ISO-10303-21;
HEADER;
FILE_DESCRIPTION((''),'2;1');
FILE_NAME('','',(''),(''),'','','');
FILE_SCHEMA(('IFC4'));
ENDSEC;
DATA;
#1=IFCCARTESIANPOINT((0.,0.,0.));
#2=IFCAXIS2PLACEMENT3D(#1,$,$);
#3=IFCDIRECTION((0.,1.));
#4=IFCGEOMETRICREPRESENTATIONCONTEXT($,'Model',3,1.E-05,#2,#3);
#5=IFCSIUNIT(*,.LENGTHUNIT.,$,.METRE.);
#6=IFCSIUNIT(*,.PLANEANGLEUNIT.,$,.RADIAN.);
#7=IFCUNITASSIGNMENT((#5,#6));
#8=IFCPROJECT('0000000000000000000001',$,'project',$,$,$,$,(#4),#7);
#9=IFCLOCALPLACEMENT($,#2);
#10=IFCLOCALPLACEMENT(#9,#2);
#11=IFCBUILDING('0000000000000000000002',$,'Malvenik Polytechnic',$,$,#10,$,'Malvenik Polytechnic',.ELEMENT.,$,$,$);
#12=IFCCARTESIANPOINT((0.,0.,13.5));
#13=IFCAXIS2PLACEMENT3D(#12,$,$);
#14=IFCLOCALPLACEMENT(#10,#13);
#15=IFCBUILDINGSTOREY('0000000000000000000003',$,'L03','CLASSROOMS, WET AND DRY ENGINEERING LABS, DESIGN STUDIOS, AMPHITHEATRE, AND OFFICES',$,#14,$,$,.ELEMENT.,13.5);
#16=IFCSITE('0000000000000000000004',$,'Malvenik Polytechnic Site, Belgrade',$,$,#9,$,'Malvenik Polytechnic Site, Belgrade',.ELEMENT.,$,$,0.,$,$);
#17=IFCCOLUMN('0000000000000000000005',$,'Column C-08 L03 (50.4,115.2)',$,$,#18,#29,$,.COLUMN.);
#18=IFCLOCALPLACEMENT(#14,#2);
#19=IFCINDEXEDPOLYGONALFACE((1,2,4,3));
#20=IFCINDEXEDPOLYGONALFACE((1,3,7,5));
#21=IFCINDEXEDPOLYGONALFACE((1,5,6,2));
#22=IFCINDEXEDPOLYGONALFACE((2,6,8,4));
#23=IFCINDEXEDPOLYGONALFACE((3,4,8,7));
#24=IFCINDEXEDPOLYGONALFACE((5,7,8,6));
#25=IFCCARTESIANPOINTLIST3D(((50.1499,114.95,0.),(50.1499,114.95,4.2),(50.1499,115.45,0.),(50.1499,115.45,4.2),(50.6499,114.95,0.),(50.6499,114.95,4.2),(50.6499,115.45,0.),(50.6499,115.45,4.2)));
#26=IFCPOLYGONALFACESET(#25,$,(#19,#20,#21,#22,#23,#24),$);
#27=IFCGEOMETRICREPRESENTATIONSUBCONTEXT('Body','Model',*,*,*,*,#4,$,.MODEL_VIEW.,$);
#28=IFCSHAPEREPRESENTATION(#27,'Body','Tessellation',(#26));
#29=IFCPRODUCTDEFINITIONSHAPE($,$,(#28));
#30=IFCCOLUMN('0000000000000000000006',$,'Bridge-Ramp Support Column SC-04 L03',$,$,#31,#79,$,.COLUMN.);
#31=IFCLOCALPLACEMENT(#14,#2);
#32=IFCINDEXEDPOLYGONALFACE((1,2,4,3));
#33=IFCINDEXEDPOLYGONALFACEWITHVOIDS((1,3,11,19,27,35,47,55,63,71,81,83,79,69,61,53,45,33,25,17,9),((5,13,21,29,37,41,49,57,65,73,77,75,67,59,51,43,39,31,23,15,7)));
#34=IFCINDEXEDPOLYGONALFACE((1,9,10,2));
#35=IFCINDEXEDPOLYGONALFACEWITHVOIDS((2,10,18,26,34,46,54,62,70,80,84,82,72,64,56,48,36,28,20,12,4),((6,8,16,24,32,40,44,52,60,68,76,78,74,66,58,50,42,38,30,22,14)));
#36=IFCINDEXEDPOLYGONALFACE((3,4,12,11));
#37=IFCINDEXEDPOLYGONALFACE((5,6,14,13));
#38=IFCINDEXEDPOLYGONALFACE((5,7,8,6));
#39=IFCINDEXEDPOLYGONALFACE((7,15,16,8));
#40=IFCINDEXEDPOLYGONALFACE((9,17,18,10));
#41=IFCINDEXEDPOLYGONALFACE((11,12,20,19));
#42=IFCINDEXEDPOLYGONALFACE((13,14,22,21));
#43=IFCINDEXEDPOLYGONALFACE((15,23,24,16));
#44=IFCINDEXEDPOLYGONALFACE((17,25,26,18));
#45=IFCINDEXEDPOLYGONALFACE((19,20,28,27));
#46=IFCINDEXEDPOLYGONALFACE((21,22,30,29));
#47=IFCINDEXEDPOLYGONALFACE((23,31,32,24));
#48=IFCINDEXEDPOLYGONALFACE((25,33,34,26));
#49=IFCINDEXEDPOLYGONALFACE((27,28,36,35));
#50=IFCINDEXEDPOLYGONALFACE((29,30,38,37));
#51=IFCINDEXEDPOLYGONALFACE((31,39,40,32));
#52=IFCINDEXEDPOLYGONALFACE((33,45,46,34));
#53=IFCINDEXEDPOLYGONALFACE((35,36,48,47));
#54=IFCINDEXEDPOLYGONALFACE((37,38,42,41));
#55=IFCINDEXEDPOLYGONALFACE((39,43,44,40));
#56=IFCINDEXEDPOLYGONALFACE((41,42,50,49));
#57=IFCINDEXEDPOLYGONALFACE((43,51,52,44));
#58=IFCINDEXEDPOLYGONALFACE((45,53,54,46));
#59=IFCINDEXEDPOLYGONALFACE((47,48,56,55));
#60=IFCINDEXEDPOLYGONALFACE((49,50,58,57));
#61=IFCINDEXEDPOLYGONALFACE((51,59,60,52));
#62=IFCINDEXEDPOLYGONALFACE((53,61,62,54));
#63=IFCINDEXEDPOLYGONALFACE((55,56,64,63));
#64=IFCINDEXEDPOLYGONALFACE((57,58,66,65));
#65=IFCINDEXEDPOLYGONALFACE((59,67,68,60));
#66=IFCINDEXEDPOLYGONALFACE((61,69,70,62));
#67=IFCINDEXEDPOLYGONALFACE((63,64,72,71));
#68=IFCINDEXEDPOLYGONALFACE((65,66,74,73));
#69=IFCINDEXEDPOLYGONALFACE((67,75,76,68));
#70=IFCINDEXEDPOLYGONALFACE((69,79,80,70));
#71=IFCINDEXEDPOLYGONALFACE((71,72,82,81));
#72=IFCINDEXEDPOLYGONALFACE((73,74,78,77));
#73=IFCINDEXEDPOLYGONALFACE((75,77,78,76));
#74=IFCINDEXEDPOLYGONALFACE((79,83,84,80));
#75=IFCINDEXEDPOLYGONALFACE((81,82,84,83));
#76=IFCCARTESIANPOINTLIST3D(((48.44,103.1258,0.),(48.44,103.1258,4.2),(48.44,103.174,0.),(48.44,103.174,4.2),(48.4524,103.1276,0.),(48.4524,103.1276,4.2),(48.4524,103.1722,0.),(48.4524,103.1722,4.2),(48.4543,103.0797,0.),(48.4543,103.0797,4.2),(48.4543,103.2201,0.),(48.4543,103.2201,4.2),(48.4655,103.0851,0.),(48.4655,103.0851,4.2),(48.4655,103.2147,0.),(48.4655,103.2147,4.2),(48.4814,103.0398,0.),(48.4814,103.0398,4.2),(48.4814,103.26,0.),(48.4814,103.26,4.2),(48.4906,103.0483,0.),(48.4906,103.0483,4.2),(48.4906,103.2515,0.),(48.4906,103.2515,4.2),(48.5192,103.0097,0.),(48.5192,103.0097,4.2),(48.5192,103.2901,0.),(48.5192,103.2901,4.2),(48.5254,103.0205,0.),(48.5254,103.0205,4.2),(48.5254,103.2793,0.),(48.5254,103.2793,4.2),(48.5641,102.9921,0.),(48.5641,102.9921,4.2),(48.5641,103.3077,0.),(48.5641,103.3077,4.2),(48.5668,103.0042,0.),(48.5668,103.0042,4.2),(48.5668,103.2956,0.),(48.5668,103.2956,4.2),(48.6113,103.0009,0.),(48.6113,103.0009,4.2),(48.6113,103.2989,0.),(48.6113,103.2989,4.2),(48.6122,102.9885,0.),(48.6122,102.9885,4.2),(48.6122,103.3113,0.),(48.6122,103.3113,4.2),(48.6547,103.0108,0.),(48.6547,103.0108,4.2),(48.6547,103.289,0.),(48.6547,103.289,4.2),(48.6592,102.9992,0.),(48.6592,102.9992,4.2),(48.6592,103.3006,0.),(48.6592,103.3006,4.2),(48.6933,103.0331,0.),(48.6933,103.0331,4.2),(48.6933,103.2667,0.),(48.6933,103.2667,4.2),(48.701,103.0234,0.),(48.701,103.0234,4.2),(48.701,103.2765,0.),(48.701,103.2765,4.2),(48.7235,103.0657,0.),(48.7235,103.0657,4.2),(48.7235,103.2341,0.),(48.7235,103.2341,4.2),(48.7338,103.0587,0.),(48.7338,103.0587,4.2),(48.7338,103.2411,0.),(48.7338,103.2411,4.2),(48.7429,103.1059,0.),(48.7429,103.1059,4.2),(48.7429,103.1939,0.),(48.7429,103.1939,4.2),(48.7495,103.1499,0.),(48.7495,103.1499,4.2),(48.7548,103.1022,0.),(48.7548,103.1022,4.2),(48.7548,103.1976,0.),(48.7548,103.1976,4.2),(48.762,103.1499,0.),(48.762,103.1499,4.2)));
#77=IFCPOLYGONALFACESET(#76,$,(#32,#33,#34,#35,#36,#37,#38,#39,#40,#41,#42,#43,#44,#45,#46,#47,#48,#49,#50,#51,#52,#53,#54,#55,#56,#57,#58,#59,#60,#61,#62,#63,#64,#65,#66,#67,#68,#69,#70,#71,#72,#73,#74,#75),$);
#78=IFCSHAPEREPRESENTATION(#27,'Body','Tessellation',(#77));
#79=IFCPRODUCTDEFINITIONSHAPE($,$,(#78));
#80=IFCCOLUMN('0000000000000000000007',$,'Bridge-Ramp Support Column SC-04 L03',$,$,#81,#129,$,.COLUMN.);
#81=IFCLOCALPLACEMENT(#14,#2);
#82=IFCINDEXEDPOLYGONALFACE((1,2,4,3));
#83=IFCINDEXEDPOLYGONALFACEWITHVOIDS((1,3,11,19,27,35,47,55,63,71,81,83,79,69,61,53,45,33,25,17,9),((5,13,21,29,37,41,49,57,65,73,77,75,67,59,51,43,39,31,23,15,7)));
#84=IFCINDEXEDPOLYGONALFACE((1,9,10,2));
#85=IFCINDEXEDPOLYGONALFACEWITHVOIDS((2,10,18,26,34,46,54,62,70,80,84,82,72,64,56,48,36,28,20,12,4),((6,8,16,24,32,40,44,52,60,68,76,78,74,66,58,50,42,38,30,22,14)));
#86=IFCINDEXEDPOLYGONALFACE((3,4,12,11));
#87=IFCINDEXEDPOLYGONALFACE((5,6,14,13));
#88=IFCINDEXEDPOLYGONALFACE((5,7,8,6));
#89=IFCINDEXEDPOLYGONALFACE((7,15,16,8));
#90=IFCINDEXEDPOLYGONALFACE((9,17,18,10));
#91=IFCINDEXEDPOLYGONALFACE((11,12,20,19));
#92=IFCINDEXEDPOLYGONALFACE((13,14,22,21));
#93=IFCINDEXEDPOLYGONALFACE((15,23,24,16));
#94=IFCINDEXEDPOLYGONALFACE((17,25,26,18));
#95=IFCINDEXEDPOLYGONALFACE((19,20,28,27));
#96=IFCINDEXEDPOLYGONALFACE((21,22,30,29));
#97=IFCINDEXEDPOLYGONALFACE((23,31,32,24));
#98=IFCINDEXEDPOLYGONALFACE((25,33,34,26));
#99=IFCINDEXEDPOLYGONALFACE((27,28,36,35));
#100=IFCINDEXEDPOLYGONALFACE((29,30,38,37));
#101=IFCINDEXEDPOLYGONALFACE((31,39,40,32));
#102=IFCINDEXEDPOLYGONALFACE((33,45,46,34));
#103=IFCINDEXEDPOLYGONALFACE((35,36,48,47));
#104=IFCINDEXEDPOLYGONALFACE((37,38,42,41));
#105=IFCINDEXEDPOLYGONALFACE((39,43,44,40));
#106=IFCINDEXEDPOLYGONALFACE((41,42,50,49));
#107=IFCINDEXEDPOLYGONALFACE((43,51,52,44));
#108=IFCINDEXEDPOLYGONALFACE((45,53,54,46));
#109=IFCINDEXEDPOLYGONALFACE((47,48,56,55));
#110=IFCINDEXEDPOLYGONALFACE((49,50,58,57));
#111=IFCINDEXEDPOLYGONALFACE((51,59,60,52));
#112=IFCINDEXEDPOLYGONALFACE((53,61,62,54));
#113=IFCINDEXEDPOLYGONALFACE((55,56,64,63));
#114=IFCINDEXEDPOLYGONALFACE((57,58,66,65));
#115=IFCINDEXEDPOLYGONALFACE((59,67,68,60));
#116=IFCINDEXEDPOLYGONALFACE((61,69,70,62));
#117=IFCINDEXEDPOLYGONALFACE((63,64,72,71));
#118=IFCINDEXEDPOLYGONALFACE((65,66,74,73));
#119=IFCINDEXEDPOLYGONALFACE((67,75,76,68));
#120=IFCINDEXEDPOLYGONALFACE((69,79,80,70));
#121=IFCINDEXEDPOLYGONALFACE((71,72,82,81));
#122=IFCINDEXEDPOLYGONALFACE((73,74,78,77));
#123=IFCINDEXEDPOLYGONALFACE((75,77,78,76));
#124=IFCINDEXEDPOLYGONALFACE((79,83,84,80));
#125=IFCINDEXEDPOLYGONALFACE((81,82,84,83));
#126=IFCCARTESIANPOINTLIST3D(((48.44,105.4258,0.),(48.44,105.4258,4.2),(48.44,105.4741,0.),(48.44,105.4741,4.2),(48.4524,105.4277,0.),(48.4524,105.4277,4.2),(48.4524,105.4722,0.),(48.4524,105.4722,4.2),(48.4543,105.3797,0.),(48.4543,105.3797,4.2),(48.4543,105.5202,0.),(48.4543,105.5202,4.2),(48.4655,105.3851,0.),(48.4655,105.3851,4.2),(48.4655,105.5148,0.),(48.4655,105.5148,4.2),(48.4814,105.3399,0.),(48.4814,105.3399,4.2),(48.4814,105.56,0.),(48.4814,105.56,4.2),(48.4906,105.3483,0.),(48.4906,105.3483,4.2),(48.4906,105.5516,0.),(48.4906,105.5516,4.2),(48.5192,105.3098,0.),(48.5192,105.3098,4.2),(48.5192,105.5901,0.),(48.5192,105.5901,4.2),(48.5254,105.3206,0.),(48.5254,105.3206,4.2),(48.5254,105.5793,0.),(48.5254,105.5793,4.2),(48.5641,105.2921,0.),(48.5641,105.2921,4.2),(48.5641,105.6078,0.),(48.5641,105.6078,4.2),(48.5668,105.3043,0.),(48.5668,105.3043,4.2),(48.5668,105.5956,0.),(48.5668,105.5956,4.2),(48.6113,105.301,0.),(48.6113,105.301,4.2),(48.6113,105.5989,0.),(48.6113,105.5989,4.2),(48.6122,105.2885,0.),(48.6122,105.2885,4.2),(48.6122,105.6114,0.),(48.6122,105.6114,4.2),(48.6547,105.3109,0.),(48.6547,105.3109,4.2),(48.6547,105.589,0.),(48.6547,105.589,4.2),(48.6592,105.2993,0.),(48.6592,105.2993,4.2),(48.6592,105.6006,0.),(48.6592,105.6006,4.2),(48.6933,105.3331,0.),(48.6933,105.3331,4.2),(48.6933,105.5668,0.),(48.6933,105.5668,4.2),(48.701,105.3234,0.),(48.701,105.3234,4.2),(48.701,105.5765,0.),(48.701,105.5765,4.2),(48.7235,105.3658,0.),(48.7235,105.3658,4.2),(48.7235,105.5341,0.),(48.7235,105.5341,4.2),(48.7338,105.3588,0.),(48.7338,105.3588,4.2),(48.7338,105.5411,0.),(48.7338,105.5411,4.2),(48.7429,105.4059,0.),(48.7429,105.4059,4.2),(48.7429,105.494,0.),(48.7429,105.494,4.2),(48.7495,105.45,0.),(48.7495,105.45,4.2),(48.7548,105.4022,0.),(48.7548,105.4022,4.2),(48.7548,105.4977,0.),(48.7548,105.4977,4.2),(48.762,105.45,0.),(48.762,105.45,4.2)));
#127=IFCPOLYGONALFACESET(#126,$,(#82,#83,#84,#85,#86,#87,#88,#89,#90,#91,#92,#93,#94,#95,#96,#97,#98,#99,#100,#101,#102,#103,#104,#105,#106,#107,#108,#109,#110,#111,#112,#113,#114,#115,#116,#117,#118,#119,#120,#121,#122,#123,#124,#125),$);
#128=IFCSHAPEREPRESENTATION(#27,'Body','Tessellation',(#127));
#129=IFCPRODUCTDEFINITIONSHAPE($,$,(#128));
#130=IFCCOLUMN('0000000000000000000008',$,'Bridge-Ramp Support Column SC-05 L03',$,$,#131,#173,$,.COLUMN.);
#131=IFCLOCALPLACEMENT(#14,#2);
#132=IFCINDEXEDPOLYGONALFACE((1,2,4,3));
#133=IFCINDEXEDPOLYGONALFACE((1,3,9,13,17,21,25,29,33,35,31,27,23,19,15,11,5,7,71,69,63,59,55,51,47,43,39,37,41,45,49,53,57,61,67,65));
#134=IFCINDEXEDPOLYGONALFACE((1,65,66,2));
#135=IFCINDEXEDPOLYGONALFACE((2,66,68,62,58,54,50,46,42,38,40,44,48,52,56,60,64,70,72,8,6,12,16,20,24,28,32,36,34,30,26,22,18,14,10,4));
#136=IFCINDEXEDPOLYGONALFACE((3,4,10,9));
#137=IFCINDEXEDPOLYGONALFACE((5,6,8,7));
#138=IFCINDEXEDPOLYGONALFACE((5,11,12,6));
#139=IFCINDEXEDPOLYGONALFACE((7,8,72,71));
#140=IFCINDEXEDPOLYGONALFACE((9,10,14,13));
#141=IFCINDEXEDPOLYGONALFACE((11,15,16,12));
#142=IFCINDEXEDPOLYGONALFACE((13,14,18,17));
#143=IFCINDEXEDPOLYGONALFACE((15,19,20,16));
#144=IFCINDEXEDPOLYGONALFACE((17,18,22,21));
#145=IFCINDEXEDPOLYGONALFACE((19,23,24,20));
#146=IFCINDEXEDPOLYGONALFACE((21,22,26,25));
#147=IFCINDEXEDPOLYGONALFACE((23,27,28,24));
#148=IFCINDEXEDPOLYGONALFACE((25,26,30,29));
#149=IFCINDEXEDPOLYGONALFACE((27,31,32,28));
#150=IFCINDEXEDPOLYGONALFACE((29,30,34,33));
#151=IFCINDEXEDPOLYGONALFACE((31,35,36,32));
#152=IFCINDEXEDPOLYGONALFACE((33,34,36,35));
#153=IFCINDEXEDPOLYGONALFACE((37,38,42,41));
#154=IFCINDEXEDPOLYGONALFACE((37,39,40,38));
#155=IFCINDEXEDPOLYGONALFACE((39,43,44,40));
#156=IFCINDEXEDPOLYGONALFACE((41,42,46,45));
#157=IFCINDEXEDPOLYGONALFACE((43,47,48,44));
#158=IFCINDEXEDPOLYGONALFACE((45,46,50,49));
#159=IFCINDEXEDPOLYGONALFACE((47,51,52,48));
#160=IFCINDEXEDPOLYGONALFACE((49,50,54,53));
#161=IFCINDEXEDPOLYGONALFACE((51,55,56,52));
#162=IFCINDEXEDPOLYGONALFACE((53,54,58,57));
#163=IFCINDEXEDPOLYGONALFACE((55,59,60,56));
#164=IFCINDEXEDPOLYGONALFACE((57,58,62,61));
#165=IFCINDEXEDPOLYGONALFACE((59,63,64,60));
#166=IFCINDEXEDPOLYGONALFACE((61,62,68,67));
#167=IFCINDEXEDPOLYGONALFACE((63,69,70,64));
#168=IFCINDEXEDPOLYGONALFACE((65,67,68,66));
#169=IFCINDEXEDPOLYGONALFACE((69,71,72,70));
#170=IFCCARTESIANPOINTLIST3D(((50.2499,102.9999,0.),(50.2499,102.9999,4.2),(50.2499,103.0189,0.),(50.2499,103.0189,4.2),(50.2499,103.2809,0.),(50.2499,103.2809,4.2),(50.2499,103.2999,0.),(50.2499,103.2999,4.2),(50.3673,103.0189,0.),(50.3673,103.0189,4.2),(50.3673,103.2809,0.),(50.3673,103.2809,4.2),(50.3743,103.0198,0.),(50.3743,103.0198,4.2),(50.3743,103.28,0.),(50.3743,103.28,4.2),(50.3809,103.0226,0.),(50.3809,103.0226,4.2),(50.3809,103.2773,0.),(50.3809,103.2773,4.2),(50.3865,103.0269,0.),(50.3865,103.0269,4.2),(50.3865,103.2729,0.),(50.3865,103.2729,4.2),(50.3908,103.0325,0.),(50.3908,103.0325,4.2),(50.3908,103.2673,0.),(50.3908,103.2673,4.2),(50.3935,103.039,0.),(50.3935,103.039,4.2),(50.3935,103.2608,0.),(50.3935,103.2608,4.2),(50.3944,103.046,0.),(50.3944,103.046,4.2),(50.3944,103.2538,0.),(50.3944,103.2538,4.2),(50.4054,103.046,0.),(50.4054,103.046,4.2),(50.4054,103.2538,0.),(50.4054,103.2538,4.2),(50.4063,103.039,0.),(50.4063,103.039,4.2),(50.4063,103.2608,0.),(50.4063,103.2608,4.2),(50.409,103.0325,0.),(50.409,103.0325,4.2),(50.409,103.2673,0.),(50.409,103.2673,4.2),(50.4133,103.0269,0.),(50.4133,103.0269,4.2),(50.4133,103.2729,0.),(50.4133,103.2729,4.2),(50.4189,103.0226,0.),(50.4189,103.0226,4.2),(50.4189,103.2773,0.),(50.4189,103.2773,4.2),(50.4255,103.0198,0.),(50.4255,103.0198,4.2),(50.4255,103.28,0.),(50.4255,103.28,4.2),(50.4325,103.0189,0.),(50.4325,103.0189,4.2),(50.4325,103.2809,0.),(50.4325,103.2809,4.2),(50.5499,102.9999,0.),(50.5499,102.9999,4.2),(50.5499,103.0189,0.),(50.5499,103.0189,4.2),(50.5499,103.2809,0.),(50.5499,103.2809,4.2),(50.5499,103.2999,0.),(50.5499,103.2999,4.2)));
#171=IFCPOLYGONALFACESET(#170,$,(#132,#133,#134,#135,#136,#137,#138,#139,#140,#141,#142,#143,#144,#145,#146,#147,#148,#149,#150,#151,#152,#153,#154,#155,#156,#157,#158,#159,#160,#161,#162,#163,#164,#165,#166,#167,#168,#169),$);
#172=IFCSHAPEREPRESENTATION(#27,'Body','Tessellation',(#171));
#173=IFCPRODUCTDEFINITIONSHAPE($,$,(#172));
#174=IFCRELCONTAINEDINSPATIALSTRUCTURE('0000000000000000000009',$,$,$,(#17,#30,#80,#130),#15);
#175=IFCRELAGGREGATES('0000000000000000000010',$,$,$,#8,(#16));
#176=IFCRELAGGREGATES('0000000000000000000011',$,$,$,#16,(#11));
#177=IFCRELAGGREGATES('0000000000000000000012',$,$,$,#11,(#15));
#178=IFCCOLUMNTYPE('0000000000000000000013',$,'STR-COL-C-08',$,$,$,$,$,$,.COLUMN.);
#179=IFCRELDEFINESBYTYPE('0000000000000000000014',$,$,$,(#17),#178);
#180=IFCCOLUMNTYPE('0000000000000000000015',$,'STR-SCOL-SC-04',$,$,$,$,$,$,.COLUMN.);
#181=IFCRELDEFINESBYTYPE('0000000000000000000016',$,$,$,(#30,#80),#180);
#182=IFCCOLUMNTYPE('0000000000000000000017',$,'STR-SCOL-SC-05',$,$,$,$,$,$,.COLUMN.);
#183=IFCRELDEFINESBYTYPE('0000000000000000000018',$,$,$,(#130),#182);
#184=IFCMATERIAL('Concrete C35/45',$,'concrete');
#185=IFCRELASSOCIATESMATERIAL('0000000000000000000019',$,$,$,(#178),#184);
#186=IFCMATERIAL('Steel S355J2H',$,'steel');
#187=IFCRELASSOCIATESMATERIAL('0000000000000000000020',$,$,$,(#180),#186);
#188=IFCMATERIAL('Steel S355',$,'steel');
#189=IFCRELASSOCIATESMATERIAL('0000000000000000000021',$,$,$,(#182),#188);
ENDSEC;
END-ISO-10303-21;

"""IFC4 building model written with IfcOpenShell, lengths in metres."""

from ifc_helpers import new_model, si_unit, direction, frame, origin, origin_2d, place, context, subcontext, project, spatial, rectangle, hollow_circle, i_section, extrude, material, material_profile, profile_set, type_object, element, save


model = new_model("IFC4")

# Units and contexts
model_context = context("Model", 3, precision=1e-05, world=origin(), true_north=direction((0.0, 1.0)))
body_context = subcontext(model_context, "Body", "Model", "MODEL_VIEW")
ifc_project = project(units=[si_unit("LENGTHUNIT", "METRE"), si_unit("PLANEANGLEUNIT", "RADIAN")], contexts=[model_context])

# Site, building, storey
site_placement = place(None, origin())
site = spatial("IfcSite", under=ifc_project, at=site_placement, Name="Malvenik Polytechnic Site, Belgrade", LongName="Malvenik Polytechnic Site, Belgrade", CompositionType="ELEMENT", RefElevation=0.0)
building_placement = place(site_placement, origin())
building = spatial("IfcBuilding", under=site, at=building_placement, Name="Malvenik Polytechnic", LongName="Malvenik Polytechnic", CompositionType="ELEMENT")
storey_placement = place(building_placement, frame((0.0, 0.0, 13.5)))
storey = spatial("IfcBuildingStorey", under=building, at=storey_placement, Name="L03", Description="CLASSROOMS, WET AND DRY ENGINEERING LABS, DESIGN STUDIOS, AMPHITHEATRE, AND OFFICES", CompositionType="ELEMENT", Elevation=13.5)

# Columns
ifc_material_1 = material(Name="Concrete C35/45", Category="concrete")
ifc_material_profile_1 = material_profile(ifc_material_1, rectangle(XDim=0.5, YDim=0.5, at=origin_2d()), Name="RC COL 500x500")
ifc_profile_set_1 = profile_set([ifc_material_profile_1], Name="Concrete C35/45")
column_type_1 = type_object("IfcColumnType", Name="STR-COL-C-08", PredefinedType="COLUMN", material=ifc_profile_set_1)
column_placement = place(storey_placement, frame((50.3999, 115.2, 0.0), z_axis=(0.0, 0.0, 1.0), x_axis=(1.0, 0.0, 0.0)))
element("IfcColumn", 1, at=column_placement, inside=storey, type_object=column_type_1, Name="Column C-08 L03 (50.4,115.2)", PredefinedType="COLUMN", context=body_context, shape_type="SweptSolid", body=[
    extrude(rectangle(XDim=0.5, YDim=0.5, at=origin_2d()), origin(), (0.0, 0.0, 1.0), 4.2),
])
ifc_material_2 = material(Name="Steel S355J2H", Category="steel")
ifc_material_profile_2 = material_profile(ifc_material_2, hollow_circle(Radius=0.1619, WallThickness=0.0125, at=origin_2d()), Name="CHS 323.9x12.5")
ifc_profile_set_2 = profile_set([ifc_material_profile_2], Name="Steel S355J2H")
column_type_2 = type_object("IfcColumnType", Name="STR-SCOL-SC-04", PredefinedType="COLUMN", material=ifc_profile_set_2)
for number, where, z_axis, x_axis, name in (
    (2, (48.6001, 103.1499, 0.0), (0.0, 0.0, 1.0), (1.0, 0.0, 0.0), "Bridge-Ramp Support Column SC-04 L03"),
    (3, (48.6001, 105.45, 0.0), (0.0, 0.0, 1.0), (1.0, 0.0, 0.0), "Bridge-Ramp Support Column SC-04 L03"),
):
    element("IfcColumn", number, at=place(storey_placement, frame(where, z_axis=z_axis, x_axis=x_axis)), inside=storey, type_object=column_type_2, Name=name, PredefinedType="COLUMN", context=body_context, shape_type="SweptSolid", body=[
        extrude(hollow_circle(Radius=0.1619, WallThickness=0.0125, at=origin_2d()), origin(), (0.0, 0.0, 1.0), 4.2),
    ])
ifc_material_3 = material(Name="Steel S355", Category="steel")
ifc_material_profile_3 = material_profile(ifc_material_3, i_section(OverallWidth=0.3, OverallDepth=0.3, WebThickness=0.011, FlangeThickness=0.019, FilletRadius=0.0271, at=origin_2d()), Name="HEB 300")
ifc_profile_set_3 = profile_set([ifc_material_profile_3], Name="Steel S355")
column_type_3 = type_object("IfcColumnType", Name="STR-SCOL-SC-05", PredefinedType="COLUMN", material=ifc_profile_set_3)
for number, where, z_axis, x_axis, name in (
    (4, (50.3999, 103.1499, 0.0), (0.0, 0.0, 1.0), (1.0, 0.0, 0.0), "Bridge-Ramp Support Column SC-05 L03"),
):
    element("IfcColumn", number, at=place(storey_placement, frame(where, z_axis=z_axis, x_axis=x_axis)), inside=storey, type_object=column_type_3, Name=name, PredefinedType="COLUMN", context=body_context, shape_type="SweptSolid", body=[
        extrude(i_section(OverallWidth=0.3, OverallDepth=0.3, WebThickness=0.011, FlangeThickness=0.019, FilletRadius=0.0271, at=origin_2d()), origin(), (0.0, 0.0, 1.0), 4.2),
    ])

save(model, "model.ifc")
